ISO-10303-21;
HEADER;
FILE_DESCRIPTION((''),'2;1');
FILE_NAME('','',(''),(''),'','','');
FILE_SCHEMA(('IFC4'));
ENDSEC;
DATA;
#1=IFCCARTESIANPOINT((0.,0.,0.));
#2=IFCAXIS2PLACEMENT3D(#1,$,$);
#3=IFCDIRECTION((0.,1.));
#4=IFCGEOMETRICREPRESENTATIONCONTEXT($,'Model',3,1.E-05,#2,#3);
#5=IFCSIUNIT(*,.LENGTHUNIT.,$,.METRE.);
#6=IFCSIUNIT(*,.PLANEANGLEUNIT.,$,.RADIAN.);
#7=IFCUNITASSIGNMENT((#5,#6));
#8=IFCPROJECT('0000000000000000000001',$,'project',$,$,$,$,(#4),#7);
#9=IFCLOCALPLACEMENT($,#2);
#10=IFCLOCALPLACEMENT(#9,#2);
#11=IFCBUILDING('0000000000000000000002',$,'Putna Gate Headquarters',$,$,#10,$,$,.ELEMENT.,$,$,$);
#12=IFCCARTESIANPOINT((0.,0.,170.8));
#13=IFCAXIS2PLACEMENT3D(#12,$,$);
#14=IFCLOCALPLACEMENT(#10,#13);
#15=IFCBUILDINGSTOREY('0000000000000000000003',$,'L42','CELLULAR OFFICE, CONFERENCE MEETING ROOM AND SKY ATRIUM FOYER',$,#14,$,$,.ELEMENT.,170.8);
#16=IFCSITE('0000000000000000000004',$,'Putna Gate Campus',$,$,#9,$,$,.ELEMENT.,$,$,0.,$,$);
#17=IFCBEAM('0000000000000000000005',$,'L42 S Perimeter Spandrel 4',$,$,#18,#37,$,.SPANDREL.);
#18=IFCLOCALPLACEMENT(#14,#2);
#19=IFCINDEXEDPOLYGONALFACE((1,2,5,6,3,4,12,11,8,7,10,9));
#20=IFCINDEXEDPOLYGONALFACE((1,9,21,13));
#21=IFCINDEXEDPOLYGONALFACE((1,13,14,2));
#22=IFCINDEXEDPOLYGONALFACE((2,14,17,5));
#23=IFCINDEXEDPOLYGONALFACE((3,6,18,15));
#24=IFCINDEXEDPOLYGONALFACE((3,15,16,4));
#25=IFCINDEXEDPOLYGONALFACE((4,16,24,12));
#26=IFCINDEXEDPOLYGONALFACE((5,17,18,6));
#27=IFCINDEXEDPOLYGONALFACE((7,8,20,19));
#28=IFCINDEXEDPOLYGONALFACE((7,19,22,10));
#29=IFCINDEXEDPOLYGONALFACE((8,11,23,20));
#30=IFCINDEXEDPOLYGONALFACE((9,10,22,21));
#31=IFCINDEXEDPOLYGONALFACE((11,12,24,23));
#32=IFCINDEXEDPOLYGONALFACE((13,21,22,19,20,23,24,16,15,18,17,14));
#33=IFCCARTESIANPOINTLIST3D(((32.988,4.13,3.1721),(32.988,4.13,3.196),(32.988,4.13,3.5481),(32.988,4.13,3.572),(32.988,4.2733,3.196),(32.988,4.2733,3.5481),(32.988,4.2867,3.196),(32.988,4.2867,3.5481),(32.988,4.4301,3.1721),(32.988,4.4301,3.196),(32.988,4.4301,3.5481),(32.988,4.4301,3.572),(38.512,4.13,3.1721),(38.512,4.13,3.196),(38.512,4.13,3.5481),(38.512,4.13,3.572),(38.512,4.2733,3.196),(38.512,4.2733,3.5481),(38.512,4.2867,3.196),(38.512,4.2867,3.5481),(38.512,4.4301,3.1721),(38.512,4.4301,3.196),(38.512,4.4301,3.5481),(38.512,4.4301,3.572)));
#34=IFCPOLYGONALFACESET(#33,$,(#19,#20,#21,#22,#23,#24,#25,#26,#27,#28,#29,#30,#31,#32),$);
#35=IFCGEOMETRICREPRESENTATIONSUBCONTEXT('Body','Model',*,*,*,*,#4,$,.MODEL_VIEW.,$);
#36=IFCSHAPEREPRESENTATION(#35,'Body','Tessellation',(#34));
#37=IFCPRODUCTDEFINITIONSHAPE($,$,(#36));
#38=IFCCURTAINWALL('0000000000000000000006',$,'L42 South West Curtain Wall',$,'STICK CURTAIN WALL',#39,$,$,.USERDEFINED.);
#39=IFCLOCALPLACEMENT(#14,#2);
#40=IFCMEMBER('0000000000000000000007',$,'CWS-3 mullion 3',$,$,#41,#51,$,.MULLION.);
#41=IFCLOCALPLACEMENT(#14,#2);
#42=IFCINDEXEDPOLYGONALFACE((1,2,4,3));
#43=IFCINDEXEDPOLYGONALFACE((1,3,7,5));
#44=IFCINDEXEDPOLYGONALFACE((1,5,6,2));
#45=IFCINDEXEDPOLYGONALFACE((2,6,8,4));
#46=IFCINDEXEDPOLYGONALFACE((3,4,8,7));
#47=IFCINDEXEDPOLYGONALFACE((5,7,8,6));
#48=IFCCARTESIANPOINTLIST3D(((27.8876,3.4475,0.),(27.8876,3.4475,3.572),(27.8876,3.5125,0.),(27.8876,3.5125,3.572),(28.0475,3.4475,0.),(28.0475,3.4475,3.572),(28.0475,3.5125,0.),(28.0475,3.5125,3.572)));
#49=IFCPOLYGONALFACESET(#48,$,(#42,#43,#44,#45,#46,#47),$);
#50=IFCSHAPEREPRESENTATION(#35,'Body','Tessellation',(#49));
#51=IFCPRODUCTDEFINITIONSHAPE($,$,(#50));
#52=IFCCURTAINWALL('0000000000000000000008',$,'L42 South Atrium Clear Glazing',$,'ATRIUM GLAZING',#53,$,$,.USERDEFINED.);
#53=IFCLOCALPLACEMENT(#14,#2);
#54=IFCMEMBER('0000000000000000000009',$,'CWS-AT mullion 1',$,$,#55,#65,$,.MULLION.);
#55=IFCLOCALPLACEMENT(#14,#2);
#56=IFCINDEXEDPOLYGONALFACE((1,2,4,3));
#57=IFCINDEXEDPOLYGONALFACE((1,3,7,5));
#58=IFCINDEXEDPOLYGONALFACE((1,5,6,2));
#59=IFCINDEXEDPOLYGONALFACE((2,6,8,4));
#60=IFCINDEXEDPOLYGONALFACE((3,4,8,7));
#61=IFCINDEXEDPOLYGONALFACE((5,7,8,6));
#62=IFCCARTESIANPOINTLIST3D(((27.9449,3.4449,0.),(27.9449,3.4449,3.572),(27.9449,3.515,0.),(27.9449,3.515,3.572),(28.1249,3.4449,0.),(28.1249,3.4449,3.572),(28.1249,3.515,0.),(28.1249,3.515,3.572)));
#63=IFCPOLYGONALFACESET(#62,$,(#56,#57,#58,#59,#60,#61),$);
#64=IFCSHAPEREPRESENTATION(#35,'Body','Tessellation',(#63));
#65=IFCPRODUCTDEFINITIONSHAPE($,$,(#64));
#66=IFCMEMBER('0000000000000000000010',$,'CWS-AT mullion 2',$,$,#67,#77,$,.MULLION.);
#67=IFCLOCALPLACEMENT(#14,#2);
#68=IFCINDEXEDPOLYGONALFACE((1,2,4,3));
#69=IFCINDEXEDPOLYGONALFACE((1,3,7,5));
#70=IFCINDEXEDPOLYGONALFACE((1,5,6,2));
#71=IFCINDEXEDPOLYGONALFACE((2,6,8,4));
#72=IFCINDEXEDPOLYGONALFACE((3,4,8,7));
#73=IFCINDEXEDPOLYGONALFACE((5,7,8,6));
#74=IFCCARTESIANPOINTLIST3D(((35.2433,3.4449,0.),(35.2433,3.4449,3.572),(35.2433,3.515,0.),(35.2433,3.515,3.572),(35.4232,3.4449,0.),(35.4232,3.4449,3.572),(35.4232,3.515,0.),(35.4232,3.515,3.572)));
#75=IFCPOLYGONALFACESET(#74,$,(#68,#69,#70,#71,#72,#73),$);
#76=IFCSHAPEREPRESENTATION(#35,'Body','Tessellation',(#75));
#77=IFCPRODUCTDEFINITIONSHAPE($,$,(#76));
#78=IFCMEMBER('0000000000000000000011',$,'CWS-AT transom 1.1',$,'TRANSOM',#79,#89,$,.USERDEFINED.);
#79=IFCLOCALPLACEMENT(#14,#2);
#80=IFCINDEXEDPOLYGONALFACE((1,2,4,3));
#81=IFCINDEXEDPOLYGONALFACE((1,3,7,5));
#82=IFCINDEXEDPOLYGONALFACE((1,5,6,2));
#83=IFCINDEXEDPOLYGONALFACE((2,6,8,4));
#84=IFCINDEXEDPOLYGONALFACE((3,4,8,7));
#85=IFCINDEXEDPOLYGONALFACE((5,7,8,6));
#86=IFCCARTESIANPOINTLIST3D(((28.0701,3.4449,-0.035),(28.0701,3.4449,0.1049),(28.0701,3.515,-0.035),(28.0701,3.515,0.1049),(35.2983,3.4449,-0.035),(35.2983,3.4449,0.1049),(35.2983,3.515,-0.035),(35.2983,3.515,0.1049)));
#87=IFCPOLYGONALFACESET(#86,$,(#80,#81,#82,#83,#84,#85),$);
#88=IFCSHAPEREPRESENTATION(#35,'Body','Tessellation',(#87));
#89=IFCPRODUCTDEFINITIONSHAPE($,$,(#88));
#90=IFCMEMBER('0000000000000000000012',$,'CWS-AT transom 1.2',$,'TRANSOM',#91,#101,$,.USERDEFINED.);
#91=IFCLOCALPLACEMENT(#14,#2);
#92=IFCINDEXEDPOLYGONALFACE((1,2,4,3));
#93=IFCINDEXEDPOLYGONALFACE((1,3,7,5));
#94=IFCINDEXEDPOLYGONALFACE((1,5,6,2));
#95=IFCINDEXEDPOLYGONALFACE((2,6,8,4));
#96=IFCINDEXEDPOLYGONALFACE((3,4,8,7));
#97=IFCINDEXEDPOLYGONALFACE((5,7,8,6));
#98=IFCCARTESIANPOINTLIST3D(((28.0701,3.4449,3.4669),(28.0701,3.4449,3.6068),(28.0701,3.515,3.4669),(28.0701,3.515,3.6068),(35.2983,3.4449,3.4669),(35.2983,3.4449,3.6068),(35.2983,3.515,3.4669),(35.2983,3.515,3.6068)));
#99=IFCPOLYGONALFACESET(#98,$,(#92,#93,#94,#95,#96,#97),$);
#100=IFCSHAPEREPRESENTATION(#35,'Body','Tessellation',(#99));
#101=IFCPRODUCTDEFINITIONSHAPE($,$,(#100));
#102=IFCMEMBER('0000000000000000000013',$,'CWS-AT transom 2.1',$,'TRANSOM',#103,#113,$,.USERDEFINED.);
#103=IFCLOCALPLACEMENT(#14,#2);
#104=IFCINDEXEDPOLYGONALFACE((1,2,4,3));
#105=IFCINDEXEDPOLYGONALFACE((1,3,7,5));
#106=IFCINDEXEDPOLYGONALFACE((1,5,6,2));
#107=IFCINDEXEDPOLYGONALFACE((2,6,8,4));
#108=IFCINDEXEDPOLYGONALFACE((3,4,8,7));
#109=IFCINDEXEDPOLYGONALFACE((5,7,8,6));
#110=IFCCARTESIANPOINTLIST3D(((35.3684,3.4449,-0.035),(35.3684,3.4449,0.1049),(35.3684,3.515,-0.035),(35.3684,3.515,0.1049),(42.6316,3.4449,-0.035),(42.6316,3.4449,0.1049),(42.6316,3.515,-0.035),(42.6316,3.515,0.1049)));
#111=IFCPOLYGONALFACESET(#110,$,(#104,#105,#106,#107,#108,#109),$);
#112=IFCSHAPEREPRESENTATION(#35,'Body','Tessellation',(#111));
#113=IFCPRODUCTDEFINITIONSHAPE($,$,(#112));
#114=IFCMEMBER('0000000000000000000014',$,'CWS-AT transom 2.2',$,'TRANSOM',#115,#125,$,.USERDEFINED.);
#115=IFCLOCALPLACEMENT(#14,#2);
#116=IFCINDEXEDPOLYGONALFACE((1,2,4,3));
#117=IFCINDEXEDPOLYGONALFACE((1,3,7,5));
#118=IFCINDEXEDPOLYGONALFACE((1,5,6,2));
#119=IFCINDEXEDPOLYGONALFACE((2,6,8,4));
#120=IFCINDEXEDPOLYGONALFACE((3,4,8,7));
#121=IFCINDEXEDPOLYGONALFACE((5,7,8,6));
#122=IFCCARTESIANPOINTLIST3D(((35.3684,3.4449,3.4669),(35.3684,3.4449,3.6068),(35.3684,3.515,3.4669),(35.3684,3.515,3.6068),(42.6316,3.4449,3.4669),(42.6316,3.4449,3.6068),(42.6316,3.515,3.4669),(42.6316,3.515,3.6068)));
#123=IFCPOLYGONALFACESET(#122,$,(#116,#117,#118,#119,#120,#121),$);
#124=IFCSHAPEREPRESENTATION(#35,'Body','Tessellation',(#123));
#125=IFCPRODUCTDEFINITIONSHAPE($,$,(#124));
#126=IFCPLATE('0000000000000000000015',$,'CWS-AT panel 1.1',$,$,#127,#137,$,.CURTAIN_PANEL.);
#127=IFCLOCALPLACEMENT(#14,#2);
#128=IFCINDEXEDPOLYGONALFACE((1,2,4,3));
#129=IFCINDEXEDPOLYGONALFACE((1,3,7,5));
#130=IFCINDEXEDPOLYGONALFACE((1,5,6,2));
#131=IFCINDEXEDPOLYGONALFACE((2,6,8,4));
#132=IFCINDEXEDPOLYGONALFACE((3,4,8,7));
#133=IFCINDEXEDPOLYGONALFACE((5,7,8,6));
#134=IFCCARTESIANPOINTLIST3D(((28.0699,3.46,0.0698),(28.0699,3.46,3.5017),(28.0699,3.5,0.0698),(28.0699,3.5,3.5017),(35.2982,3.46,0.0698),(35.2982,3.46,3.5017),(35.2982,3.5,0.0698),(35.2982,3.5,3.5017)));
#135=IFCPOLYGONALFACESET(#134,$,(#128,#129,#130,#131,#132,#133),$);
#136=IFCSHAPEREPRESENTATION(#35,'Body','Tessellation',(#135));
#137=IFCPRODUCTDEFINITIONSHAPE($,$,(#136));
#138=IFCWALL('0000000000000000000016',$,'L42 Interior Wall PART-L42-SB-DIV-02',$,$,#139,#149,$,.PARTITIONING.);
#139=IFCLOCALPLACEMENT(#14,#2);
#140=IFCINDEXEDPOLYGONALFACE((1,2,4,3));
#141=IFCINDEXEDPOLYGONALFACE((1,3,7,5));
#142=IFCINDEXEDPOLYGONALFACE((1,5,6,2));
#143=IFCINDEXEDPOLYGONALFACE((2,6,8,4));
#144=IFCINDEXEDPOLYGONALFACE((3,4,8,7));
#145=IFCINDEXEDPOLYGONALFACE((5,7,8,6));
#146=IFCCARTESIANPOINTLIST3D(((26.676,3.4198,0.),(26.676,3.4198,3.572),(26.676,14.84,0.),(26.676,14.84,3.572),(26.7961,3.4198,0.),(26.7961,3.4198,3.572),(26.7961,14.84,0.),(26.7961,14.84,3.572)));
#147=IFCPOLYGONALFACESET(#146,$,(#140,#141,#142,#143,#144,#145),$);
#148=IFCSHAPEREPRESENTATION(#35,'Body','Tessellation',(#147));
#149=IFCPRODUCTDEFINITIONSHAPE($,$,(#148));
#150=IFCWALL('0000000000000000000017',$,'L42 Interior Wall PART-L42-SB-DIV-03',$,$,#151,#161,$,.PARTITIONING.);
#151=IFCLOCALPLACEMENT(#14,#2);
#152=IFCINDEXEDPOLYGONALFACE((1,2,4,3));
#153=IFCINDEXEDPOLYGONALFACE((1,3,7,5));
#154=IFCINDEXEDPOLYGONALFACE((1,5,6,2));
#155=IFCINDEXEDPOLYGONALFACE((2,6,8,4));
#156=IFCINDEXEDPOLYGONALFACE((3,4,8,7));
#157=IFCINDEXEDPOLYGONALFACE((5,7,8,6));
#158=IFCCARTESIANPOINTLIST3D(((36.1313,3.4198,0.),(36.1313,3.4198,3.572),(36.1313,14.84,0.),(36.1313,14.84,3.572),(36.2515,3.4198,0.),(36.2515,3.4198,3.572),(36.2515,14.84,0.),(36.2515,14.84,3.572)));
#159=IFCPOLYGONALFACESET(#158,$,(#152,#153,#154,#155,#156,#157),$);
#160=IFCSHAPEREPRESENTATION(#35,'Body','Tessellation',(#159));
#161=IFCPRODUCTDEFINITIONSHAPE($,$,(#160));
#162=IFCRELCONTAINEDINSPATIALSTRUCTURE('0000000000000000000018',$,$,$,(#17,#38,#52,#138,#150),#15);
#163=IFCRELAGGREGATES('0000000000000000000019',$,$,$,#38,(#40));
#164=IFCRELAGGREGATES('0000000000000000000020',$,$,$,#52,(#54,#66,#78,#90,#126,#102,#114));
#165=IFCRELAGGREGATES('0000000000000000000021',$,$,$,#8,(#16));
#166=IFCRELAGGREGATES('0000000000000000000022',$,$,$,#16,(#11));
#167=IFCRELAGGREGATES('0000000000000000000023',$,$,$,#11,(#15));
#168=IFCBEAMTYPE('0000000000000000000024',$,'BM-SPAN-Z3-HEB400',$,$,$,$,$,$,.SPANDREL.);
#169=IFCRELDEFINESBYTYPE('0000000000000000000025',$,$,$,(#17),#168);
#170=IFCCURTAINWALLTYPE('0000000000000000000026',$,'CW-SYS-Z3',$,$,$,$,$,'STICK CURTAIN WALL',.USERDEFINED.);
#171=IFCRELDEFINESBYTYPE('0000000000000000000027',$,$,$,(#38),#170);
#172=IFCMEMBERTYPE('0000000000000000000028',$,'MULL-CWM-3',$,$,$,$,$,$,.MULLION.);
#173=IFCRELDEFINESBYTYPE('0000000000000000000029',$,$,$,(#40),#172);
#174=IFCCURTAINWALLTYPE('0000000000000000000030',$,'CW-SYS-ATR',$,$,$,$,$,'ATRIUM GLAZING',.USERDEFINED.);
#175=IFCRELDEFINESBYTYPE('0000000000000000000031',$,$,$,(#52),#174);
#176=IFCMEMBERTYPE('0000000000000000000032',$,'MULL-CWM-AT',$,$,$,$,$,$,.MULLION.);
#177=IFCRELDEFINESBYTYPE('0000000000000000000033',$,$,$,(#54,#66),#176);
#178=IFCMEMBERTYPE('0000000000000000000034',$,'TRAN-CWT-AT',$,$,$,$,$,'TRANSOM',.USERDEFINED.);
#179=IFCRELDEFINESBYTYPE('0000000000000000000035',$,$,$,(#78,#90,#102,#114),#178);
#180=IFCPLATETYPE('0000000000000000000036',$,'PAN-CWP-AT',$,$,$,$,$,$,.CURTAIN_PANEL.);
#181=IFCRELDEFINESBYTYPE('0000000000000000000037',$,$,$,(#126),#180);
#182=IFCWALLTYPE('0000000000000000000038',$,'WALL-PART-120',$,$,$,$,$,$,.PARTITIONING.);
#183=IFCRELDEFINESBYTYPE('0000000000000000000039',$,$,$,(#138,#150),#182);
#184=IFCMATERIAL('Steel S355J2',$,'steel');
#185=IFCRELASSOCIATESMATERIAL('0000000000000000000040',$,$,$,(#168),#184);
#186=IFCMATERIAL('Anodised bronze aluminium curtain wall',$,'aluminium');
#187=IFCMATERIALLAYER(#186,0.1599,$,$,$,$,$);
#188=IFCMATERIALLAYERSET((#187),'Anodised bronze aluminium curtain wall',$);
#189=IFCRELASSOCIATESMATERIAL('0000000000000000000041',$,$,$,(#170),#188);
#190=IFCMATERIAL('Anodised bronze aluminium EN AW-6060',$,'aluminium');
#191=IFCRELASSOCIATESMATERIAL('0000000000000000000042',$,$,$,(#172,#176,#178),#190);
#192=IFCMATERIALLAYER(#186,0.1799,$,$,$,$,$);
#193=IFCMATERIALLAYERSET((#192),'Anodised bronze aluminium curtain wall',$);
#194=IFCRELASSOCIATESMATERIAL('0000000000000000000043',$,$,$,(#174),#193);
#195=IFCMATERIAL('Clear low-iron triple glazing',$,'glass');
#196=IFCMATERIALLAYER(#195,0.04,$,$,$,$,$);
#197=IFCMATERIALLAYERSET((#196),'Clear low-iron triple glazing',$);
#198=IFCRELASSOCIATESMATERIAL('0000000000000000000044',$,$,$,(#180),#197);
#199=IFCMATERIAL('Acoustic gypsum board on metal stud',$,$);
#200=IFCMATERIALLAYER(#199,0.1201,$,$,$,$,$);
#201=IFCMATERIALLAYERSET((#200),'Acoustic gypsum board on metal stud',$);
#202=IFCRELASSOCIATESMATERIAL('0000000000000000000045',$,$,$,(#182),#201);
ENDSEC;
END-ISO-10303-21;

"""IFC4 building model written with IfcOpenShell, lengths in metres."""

from ifc_helpers import new_model, si_unit, direction, frame, frame_2d, origin, origin_2d, place, context, subcontext, project, spatial, rectangle, i_section, extrude, material, layer, layer_set, material_profile, profile_set, type_object, element, aggregate, save


model = new_model("IFC4")

# Units and contexts
model_context = context("Model", 3, precision=1e-05, world=origin(), true_north=direction((0.0, 1.0)))
body_context = subcontext(model_context, "Body", "Model", "MODEL_VIEW")
ifc_project = project(units=[si_unit("LENGTHUNIT", "METRE"), si_unit("PLANEANGLEUNIT", "RADIAN")], contexts=[model_context])

# Site, building, storey
site_placement = place(None, origin())
site = spatial("IfcSite", under=ifc_project, at=site_placement, Name="Putna Gate Campus", CompositionType="ELEMENT", RefElevation=0.0)
building_placement = place(site_placement, origin())
building = spatial("IfcBuilding", under=site, at=building_placement, Name="Putna Gate Headquarters", CompositionType="ELEMENT")
storey_placement = place(building_placement, frame((0.0, 0.0, 170.8)))
storey = spatial("IfcBuildingStorey", under=building, at=storey_placement, Name="L42", Description="CELLULAR OFFICE, CONFERENCE MEETING ROOM AND SKY ATRIUM FOYER", CompositionType="ELEMENT", Elevation=170.8)

# Beam
ifc_material_1 = material(Name="Steel S355J2", Category="steel")
ifc_material_profile_1 = material_profile(ifc_material_1, i_section(OverallWidth=0.3, OverallDepth=0.3999, WebThickness=0.0134, FlangeThickness=0.0239, at=origin_2d()), Name="Steel S355J2")
ifc_profile_set_1 = profile_set([ifc_material_profile_1], Name="Steel S355J2")
beam_type_1 = type_object("IfcBeamType", Name="BM-SPAN-Z3-HEB400", PredefinedType="SPANDREL", material=ifc_profile_set_1)
beam_1_placement = place(storey_placement, frame((32.988, 4.28, 3.3721), z_axis=(1.0, 0.0, 0.0), x_axis=(0.0, 1.0, 0.0)))
element("IfcBeam", 1, at=beam_1_placement, inside=storey, type_object=beam_type_1, Name="L42 S Perimeter Spandrel 4", PredefinedType="SPANDREL", context=body_context, shape_type="SweptSolid", body=[
    extrude(i_section(OverallWidth=0.3, OverallDepth=0.3999, WebThickness=0.0134, FlangeThickness=0.0239, at=origin_2d()), origin(), (0.0, 0.0, 1.0), 5.5239),
])

# Curtain wall, member
ifc_material_2 = material(Name="Anodised bronze aluminium curtain wall", Category="aluminium")
ifc_layer_1 = layer(ifc_material_2, 0.1599)
ifc_layer_set_1 = layer_set([ifc_layer_1], Name="Anodised bronze aluminium curtain wall")
curtain_wall_type_1 = type_object("IfcCurtainWallType", Name="CW-SYS-Z3", ElementType="STICK CURTAIN WALL", PredefinedType="USERDEFINED", material=ifc_layer_set_1)
curtain_wall_1_placement = place(storey_placement, origin())
curtain_wall_1 = element("IfcCurtainWall", 2, at=curtain_wall_1_placement, inside=storey, type_object=curtain_wall_type_1, Name="L42 South West Curtain Wall", ObjectType="STICK CURTAIN WALL", PredefinedType="USERDEFINED")
ifc_material_3 = material(Name="Anodised bronze aluminium EN AW-6060", Category="aluminium")
ifc_material_profile_2 = material_profile(ifc_material_3, rectangle(XDim=0.0649, YDim=0.1599, at=origin_2d()), Name="Anodised bronze aluminium EN AW-6060")
ifc_profile_set_2 = profile_set([ifc_material_profile_2], Name="Anodised bronze aluminium EN AW-6060")
member_type_1 = type_object("IfcMemberType", Name="MULL-CWM-3", PredefinedType="MULLION", material=ifc_profile_set_2)
member_1_placement = place(storey_placement, frame((27.9675, 3.48, 0.0), z_axis=(0.0, 0.0, 1.0), x_axis=(0.0, 1.0, 0.0)))
member_1 = element("IfcMember", 3, at=member_1_placement, type_object=member_type_1, Name="CWS-3 mullion 3", PredefinedType="MULLION", context=body_context, shape_type="SweptSolid", body=[
    extrude(rectangle(XDim=0.0649, YDim=0.1599, at=origin_2d()), origin(), (0.0, 0.0, 1.0), 3.572),
])
aggregate(curtain_wall_1, [member_1])

# Curtain wall, members, plate
ifc_layer_2 = layer(ifc_material_2, 0.1799)
ifc_layer_set_2 = layer_set([ifc_layer_2], Name="Anodised bronze aluminium curtain wall")
curtain_wall_type_2 = type_object("IfcCurtainWallType", Name="CW-SYS-ATR", ElementType="ATRIUM GLAZING", PredefinedType="USERDEFINED", material=ifc_layer_set_2)
curtain_wall_2_placement = place(storey_placement, origin())
curtain_wall_2 = element("IfcCurtainWall", 4, at=curtain_wall_2_placement, inside=storey, type_object=curtain_wall_type_2, Name="L42 South Atrium Clear Glazing", ObjectType="ATRIUM GLAZING", PredefinedType="USERDEFINED")
ifc_material_profile_3 = material_profile(ifc_material_3, rectangle(XDim=0.0701, YDim=0.1799, at=origin_2d()), Name="Anodised bronze aluminium EN AW-6060")
ifc_profile_set_3 = profile_set([ifc_material_profile_3], Name="Anodised bronze aluminium EN AW-6060")
member_type_2 = type_object("IfcMemberType", Name="MULL-CWM-AT", PredefinedType="MULLION", material=ifc_profile_set_3)
member_2_placement = place(storey_placement, frame((28.0349, 3.48, 0.0), z_axis=(0.0, 0.0, 1.0), x_axis=(0.0, 1.0, 0.0)))
member_2 = element("IfcMember", 5, at=member_2_placement, type_object=member_type_2, Name="CWS-AT mullion 1", PredefinedType="MULLION", context=body_context, shape_type="SweptSolid", body=[
    extrude(rectangle(XDim=0.0701, YDim=0.1799, at=origin_2d()), origin(), (0.0, 0.0, 1.0), 3.572),
])
member_3_placement = place(storey_placement, frame((35.3333, 3.48, 0.0), z_axis=(0.0, 0.0, 1.0), x_axis=(0.0, 1.0, 0.0)))
member_3 = element("IfcMember", 6, at=member_3_placement, type_object=member_type_2, Name="CWS-AT mullion 2", PredefinedType="MULLION", context=body_context, shape_type="SweptSolid", body=[
    extrude(rectangle(XDim=0.0701, YDim=0.1799, at=origin_2d()), origin(), (0.0, 0.0, 1.0), 3.572),
])
ifc_material_profile_4 = material_profile(ifc_material_3, rectangle(XDim=0.0701, YDim=0.1399, at=origin_2d()), Name="Anodised bronze aluminium EN AW-6060")
ifc_profile_set_4 = profile_set([ifc_material_profile_4], Name="Anodised bronze aluminium EN AW-6060")
member_type_3 = type_object("IfcMemberType", Name="TRAN-CWT-AT", ElementType="TRANSOM", PredefinedType="USERDEFINED", material=ifc_profile_set_4)
member_4_placement = place(storey_placement, frame((28.0701, 3.48, 0.0349), z_axis=(1.0, 0.0, 0.0), x_axis=(0.0, 1.0, 0.0)))
member_4 = element("IfcMember", 7, at=member_4_placement, type_object=member_type_3, Name="CWS-AT transom 1.1", ObjectType="TRANSOM", PredefinedType="USERDEFINED", context=body_context, shape_type="SweptSolid", body=[
    extrude(rectangle(XDim=0.0701, YDim=0.1399, at=origin_2d()), origin(), (0.0, 0.0, 1.0), 7.2283),
])
member_5_placement = place(storey_placement, frame((28.0701, 3.48, 3.5369), z_axis=(1.0, 0.0, 0.0), x_axis=(0.0, 1.0, 0.0)))
member_5 = element("IfcMember", 8, at=member_5_placement, type_object=member_type_3, Name="CWS-AT transom 1.2", ObjectType="TRANSOM", PredefinedType="USERDEFINED", context=body_context, shape_type="SweptSolid", body=[
    extrude(rectangle(XDim=0.0701, YDim=0.1399, at=origin_2d()), origin(), (0.0, 0.0, 1.0), 7.2283),
])
member_6_placement = place(storey_placement, frame((35.3684, 3.48, 0.0349), z_axis=(1.0, 0.0, 0.0), x_axis=(0.0, 1.0, 0.0)))
member_6 = element("IfcMember", 9, at=member_6_placement, type_object=member_type_3, Name="CWS-AT transom 2.1", ObjectType="TRANSOM", PredefinedType="USERDEFINED", context=body_context, shape_type="SweptSolid", body=[
    extrude(rectangle(XDim=0.0701, YDim=0.1399, at=origin_2d()), origin(), (0.0, 0.0, 1.0), 7.2632),
])
member_7_placement = place(storey_placement, frame((35.3684, 3.48, 3.5369), z_axis=(1.0, 0.0, 0.0), x_axis=(0.0, 1.0, 0.0)))
member_7 = element("IfcMember", 10, at=member_7_placement, type_object=member_type_3, Name="CWS-AT transom 2.2", ObjectType="TRANSOM", PredefinedType="USERDEFINED", context=body_context, shape_type="SweptSolid", body=[
    extrude(rectangle(XDim=0.0701, YDim=0.1399, at=origin_2d()), origin(), (0.0, 0.0, 1.0), 7.2632),
])
ifc_material_4 = material(Name="Clear low-iron triple glazing", Category="glass")
ifc_layer_3 = layer(ifc_material_4, 0.04)
ifc_layer_set_3 = layer_set([ifc_layer_3], Name="Clear low-iron triple glazing")
plate_type = type_object("IfcPlateType", Name="PAN-CWP-AT", PredefinedType="CURTAIN_PANEL", material=ifc_layer_set_3)
plate_placement = place(storey_placement, frame((31.6841, 3.48, 0.0698), z_axis=(0.0, 0.0, 1.0), x_axis=(1.0, 0.0, 0.0)))
plate = element("IfcPlate", 11, at=plate_placement, type_object=plate_type, Name="CWS-AT panel 1.1", PredefinedType="CURTAIN_PANEL", context=body_context, shape_type="SweptSolid", body=[
    extrude(rectangle(XDim=7.2283, YDim=0.04, at=origin_2d()), origin(), (0.0, 0.0, 1.0), 3.4319),
])
aggregate(curtain_wall_2, [member_2, member_3, member_4, member_5, plate, member_6, member_7])

# Walls
ifc_material_5 = material(Name="Acoustic gypsum board on metal stud")
ifc_layer_4 = layer(ifc_material_5, 0.1201)
ifc_layer_set_4 = layer_set([ifc_layer_4], Name="Acoustic gypsum board on metal stud")
wall_type_1 = type_object("IfcWallType", Name="WALL-PART-120", PredefinedType="PARTITIONING", material=ifc_layer_set_4)
for number, where, z_axis, x_axis, name in (
    (12, (26.7361, 3.4199, 0.0), (0.0, 0.0, 1.0), (0.0, 1.0, 0.0), "L42 Interior Wall PART-L42-SB-DIV-02"),
    (13, (36.1914, 3.4199, 0.0), (0.0, 0.0, 1.0), (0.0, 1.0, 0.0), "L42 Interior Wall PART-L42-SB-DIV-03"),
):
    element("IfcWall", number, at=place(storey_placement, frame(where, z_axis=z_axis, x_axis=x_axis)), inside=storey, type_object=wall_type_1, Name=name, PredefinedType="PARTITIONING", context=body_context, shape_type="SweptSolid", body=[
        extrude(rectangle(XDim=11.4202, YDim=0.1201, at=frame_2d((5.71, 0.0))), origin(), (0.0, 0.0, 1.0), 3.572),
    ])

save(model, "model.ifc")
